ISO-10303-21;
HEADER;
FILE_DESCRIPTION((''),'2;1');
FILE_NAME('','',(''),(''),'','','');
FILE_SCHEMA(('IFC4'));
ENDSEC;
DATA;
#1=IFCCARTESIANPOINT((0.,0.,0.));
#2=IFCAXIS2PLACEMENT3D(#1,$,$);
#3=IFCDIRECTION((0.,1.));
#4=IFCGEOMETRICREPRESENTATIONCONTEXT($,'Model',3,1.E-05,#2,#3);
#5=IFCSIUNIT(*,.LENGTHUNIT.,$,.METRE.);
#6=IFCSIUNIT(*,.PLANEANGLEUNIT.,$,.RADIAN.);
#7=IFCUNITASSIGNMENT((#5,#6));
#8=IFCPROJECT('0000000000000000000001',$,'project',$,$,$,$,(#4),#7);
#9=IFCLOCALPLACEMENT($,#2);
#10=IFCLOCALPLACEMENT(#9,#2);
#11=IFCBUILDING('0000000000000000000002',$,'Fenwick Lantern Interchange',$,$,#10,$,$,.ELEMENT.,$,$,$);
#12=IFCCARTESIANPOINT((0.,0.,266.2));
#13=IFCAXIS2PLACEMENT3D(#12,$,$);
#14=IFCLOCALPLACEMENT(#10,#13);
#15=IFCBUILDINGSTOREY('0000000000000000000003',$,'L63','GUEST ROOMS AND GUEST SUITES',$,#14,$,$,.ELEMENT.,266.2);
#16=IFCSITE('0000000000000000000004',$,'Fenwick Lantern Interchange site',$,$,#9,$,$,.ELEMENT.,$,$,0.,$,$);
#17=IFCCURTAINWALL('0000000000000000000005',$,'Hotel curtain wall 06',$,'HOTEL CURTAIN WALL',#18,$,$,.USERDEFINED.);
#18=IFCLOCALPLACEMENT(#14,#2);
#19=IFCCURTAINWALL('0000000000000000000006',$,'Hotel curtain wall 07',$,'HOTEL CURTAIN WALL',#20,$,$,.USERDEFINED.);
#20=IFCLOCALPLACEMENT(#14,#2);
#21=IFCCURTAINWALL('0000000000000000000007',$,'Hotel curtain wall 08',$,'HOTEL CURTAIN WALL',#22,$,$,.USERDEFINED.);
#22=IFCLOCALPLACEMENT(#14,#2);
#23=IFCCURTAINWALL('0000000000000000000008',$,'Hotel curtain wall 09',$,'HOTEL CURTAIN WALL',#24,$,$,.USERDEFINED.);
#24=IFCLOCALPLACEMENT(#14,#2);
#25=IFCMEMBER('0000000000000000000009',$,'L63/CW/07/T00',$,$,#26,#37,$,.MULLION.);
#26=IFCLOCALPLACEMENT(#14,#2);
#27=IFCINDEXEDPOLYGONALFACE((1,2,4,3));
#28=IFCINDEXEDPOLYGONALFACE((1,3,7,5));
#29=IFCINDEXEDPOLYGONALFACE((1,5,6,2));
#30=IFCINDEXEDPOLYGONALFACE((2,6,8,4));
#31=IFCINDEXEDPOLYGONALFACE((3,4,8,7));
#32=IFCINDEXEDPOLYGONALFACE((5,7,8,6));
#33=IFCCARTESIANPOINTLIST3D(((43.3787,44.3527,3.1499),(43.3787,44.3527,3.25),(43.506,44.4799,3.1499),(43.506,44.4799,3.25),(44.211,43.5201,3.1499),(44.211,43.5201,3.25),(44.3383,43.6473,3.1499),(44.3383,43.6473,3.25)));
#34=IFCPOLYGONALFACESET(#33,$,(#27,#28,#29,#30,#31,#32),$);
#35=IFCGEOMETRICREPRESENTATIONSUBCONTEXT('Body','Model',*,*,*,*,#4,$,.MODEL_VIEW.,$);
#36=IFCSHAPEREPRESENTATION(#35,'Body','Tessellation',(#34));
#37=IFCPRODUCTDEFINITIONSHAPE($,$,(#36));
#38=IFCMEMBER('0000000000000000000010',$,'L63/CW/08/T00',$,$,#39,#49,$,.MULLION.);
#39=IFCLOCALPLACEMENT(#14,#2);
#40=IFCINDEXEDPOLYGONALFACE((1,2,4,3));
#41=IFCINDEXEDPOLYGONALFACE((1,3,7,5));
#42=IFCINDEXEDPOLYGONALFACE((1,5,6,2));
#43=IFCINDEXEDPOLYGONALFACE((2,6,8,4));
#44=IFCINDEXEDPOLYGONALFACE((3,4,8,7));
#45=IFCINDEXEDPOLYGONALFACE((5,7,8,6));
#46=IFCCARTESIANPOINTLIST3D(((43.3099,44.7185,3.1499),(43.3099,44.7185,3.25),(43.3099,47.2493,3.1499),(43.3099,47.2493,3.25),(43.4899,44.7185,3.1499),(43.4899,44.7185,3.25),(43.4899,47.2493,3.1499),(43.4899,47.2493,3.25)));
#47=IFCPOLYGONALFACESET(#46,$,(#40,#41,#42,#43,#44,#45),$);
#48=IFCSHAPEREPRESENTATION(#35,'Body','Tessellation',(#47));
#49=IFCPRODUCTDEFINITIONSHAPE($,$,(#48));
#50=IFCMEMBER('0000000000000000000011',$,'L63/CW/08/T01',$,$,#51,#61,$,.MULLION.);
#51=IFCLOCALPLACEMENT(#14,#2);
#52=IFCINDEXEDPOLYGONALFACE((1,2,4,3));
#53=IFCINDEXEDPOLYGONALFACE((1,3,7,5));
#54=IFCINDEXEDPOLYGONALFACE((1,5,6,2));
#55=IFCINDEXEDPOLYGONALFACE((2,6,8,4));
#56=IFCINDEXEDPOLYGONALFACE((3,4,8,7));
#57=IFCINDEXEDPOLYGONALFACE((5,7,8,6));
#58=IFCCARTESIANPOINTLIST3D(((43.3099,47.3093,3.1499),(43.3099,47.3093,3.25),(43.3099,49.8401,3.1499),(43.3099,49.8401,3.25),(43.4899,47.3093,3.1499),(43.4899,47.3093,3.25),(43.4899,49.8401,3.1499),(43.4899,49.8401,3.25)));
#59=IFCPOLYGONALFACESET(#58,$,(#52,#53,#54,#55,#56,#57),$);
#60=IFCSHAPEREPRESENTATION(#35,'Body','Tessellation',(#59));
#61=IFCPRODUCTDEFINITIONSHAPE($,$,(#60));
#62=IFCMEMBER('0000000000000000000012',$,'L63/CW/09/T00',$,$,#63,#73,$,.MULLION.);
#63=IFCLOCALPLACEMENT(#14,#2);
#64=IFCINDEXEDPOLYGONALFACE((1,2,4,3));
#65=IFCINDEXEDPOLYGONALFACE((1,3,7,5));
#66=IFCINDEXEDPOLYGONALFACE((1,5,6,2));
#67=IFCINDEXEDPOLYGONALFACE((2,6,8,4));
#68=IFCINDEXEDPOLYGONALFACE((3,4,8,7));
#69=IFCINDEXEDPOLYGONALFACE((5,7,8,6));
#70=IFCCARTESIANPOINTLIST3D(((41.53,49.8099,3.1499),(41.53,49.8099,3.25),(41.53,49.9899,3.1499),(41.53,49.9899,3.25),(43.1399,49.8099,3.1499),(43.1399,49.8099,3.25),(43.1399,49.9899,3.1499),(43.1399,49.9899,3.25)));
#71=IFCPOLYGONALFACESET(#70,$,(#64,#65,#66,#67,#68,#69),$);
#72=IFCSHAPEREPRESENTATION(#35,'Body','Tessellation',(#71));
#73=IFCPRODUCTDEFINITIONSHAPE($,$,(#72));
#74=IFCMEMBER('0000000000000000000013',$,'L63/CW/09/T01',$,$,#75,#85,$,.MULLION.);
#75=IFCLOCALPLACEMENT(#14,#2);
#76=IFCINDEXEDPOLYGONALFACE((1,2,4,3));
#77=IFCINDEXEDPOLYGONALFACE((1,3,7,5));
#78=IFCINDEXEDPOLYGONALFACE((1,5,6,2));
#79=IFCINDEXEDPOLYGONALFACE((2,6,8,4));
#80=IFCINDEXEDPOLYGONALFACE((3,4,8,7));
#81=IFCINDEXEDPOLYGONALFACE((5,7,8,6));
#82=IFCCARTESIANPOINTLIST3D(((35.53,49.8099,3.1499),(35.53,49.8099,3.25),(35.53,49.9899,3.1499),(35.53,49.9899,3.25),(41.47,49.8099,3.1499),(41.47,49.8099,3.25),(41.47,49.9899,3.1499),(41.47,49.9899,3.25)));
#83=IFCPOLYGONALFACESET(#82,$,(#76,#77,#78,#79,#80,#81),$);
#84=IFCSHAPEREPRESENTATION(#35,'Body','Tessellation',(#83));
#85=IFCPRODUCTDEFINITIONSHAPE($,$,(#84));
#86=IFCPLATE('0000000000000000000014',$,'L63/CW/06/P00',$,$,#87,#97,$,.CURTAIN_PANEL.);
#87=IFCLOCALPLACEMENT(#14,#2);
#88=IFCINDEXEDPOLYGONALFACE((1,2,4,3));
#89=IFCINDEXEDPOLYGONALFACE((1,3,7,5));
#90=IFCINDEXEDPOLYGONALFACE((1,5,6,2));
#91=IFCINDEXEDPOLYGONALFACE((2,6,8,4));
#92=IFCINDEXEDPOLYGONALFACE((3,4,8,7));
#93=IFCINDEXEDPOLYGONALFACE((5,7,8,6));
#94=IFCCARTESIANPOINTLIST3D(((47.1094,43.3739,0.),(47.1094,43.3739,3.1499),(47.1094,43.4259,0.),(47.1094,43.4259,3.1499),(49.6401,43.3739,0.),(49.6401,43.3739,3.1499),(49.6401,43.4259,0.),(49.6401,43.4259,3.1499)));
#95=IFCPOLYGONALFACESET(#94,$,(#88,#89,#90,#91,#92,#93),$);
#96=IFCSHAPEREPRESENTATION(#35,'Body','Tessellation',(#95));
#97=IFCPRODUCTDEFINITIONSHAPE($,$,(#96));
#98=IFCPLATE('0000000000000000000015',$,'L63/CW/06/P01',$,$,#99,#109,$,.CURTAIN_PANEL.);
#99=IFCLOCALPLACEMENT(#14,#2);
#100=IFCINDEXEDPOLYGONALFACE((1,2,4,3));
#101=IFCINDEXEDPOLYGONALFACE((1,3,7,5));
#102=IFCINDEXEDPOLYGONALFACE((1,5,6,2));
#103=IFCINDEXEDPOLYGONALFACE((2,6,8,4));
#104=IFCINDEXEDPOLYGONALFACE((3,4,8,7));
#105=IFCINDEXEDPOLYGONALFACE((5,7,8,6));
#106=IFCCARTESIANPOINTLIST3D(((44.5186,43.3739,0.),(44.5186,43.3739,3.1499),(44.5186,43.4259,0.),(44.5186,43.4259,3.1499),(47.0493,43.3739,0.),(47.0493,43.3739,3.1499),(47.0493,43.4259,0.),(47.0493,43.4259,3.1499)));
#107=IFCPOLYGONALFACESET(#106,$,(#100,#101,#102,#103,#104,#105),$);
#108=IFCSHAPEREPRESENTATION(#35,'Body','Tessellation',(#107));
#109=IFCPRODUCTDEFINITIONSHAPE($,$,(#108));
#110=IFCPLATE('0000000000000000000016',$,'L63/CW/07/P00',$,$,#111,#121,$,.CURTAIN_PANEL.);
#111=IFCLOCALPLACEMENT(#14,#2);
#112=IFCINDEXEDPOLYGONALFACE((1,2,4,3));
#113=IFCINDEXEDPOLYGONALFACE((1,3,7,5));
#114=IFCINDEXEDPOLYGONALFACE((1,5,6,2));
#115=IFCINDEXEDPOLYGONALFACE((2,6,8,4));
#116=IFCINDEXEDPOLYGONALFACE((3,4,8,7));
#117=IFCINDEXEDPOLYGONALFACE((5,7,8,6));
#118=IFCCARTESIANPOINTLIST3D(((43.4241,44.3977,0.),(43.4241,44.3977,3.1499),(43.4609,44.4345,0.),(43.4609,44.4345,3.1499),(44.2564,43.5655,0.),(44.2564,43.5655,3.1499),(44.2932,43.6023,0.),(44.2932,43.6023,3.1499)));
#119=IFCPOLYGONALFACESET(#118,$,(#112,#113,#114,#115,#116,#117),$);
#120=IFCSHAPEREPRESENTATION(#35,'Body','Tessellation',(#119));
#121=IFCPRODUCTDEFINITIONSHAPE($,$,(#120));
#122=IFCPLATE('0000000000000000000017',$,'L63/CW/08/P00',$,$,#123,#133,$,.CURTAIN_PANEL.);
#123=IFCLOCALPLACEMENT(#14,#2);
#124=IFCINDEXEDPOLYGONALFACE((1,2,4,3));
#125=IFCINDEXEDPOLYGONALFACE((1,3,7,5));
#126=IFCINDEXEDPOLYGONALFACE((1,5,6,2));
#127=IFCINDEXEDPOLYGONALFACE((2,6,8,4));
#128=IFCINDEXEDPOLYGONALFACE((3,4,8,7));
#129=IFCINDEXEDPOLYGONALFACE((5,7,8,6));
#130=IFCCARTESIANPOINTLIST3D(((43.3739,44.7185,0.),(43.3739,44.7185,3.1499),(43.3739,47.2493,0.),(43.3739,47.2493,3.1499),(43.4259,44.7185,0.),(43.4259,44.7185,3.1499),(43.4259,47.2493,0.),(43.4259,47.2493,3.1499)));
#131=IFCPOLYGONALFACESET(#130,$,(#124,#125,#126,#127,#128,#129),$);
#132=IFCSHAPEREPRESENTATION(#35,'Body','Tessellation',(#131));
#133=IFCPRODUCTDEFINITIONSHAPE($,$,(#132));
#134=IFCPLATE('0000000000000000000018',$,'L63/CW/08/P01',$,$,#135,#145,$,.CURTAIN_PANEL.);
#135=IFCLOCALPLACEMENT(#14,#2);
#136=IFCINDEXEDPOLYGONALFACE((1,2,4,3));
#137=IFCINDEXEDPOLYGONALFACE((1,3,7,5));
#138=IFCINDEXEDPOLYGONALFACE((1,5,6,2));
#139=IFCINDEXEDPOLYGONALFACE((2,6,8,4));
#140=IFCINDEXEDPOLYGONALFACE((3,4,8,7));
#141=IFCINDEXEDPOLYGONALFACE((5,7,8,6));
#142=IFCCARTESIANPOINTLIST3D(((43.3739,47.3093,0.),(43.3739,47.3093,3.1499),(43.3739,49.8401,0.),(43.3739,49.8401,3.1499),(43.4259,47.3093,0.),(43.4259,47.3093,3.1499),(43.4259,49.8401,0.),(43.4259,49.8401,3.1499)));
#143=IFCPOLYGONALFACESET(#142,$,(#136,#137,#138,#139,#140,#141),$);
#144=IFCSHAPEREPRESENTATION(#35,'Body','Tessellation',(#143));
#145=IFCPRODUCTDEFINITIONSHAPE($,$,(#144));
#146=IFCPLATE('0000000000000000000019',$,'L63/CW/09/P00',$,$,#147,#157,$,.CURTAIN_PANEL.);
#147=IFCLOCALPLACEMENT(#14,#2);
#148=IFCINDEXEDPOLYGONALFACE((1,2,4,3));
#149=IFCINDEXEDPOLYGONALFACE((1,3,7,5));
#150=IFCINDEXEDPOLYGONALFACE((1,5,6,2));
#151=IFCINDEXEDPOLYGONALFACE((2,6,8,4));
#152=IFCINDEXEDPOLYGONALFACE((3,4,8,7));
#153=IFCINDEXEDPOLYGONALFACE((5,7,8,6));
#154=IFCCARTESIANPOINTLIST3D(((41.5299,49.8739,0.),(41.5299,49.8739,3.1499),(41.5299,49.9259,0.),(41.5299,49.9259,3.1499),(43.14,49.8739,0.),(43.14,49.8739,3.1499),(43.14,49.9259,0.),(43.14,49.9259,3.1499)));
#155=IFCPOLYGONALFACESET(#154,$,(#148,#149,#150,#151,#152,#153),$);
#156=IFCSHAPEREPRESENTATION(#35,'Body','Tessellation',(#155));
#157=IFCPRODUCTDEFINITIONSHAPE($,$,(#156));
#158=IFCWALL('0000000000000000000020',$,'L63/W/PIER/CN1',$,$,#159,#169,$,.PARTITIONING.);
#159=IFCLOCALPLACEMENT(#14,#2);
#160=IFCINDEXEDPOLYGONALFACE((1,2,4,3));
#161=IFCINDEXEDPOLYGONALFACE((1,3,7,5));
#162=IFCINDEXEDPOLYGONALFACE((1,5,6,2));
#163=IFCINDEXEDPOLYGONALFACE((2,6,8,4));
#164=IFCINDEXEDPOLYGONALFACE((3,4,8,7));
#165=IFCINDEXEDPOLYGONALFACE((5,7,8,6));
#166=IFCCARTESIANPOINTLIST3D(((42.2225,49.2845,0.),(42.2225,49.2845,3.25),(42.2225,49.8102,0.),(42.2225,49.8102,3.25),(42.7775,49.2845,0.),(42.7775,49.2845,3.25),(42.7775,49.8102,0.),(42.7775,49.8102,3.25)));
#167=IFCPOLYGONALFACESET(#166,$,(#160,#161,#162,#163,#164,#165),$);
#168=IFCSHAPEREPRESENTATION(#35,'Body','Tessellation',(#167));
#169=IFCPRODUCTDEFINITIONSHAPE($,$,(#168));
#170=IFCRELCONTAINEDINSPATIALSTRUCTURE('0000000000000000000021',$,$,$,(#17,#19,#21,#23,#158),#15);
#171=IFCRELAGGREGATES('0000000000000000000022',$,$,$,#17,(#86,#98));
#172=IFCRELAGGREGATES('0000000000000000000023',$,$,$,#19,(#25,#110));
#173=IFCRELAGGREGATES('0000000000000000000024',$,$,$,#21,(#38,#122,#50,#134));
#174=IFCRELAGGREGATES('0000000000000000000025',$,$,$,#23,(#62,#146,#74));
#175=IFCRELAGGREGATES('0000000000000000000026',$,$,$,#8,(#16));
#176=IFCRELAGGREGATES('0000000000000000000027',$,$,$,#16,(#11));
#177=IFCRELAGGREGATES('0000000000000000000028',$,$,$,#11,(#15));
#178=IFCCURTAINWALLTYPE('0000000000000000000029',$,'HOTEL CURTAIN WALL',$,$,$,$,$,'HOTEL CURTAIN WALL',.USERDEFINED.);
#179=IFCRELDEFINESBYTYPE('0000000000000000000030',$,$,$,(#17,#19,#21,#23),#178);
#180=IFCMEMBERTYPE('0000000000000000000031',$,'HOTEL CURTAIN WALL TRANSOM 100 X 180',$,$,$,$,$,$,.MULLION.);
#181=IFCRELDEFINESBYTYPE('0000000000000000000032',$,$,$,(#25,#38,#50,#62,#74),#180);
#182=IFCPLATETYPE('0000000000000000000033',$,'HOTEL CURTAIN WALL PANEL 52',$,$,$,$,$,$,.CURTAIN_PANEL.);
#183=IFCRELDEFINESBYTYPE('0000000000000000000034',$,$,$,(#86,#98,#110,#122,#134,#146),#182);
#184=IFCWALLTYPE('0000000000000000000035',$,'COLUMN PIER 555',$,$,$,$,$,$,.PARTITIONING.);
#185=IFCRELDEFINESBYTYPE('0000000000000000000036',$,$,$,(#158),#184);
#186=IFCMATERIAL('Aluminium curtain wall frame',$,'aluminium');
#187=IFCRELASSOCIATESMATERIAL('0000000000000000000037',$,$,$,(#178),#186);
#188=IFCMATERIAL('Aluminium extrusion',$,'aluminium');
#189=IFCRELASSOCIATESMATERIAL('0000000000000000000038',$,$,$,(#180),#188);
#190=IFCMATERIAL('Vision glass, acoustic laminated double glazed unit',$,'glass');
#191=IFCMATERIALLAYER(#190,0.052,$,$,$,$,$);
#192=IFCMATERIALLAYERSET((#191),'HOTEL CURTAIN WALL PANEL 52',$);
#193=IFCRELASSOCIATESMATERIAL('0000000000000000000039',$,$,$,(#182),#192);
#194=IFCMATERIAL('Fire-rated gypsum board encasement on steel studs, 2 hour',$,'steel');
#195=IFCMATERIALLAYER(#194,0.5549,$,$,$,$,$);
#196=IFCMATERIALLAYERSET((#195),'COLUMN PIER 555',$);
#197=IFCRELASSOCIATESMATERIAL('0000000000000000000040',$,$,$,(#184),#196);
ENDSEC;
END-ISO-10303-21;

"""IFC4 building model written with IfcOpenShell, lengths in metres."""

from ifc_helpers import new_model, si_unit, direction, frame, frame_2d, origin, origin_2d, place, context, subcontext, project, spatial, rectangle, extrude, material, layer, layer_set, material_profile, profile_set, type_object, element, aggregate, save


model = new_model("IFC4")

# Units and contexts
model_context = context("Model", 3, precision=1e-05, world=origin(), true_north=direction((0.0, 1.0)))
body_context = subcontext(model_context, "Body", "Model", "MODEL_VIEW")
ifc_project = project(units=[si_unit("LENGTHUNIT", "METRE"), si_unit("PLANEANGLEUNIT", "RADIAN")], contexts=[model_context])

# Site, building, storey
site_placement = place(None, origin())
site = spatial("IfcSite", under=ifc_project, at=site_placement, Name="Fenwick Lantern Interchange site", CompositionType="ELEMENT", RefElevation=0.0)
building_placement = place(site_placement, origin())
building = spatial("IfcBuilding", under=site, at=building_placement, Name="Fenwick Lantern Interchange", CompositionType="ELEMENT")
storey_placement = place(building_placement, frame((0.0, 0.0, 266.2)))
storey = spatial("IfcBuildingStorey", under=building, at=storey_placement, Name="L63", Description="GUEST ROOMS AND GUEST SUITES", CompositionType="ELEMENT", Elevation=266.2)

# Curtain walls
ifc_material_1 = material(Name="Aluminium curtain wall frame", Category="aluminium")
curtain_wall_type = type_object("IfcCurtainWallType", Name="HOTEL CURTAIN WALL", ElementType="HOTEL CURTAIN WALL", PredefinedType="USERDEFINED", material=ifc_material_1)
curtain_wall_1_placement = place(storey_placement, origin())
curtain_wall_1 = element("IfcCurtainWall", 1, at=curtain_wall_1_placement, inside=storey, type_object=curtain_wall_type, Name="Hotel curtain wall 06", ObjectType="HOTEL CURTAIN WALL", PredefinedType="USERDEFINED")
ifc_material_2 = material(Name="Aluminium extrusion", Category="aluminium")
curtain_wall_2_placement = place(storey_placement, origin())
curtain_wall_2 = element("IfcCurtainWall", 2, at=curtain_wall_2_placement, inside=storey, type_object=curtain_wall_type, Name="Hotel curtain wall 07", ObjectType="HOTEL CURTAIN WALL", PredefinedType="USERDEFINED")
curtain_wall_3_placement = place(storey_placement, origin())
curtain_wall_3 = element("IfcCurtainWall", 3, at=curtain_wall_3_placement, inside=storey, type_object=curtain_wall_type, Name="Hotel curtain wall 08", ObjectType="HOTEL CURTAIN WALL", PredefinedType="USERDEFINED")
curtain_wall_4_placement = place(storey_placement, origin())
curtain_wall_4 = element("IfcCurtainWall", 4, at=curtain_wall_4_placement, inside=storey, type_object=curtain_wall_type, Name="Hotel curtain wall 09", ObjectType="HOTEL CURTAIN WALL", PredefinedType="USERDEFINED")

# Members
ifc_material_profile_1 = material_profile(ifc_material_2, rectangle(XDim=0.1799, YDim=0.1001, at=origin_2d()), Name="HOTEL CURTAIN WALL TRANSOM 100 X 180")
ifc_profile_set_1 = profile_set([ifc_material_profile_1], Name="Aluminium extrusion")
member_type_1 = type_object("IfcMemberType", Name="HOTEL CURTAIN WALL TRANSOM 100 X 180", PredefinedType="MULLION", material=ifc_profile_set_1)
member_1_placement = place(storey_placement, frame((44.2747, 43.5837, 3.2), z_axis=(-0.707003, 0.70721, 0.0), x_axis=(-0.70721, -0.707003, 0.0)))
member_1 = element("IfcMember", 5, at=member_1_placement, type_object=member_type_1, Name="L63/CW/07/T00", PredefinedType="MULLION", context=body_context, shape_type="SweptSolid", body=[
    extrude(rectangle(XDim=0.1799, YDim=0.1001, at=origin_2d()), origin(), (0.0, 0.0, 1.0), 1.1772),
])
member_2_placement = place(storey_placement, frame((43.3999, 44.7185, 3.2), z_axis=(0.0, 1.0, 0.0), x_axis=(-1.0, 0.0, 0.0)))
member_2 = element("IfcMember", 6, at=member_2_placement, type_object=member_type_1, Name="L63/CW/08/T00", PredefinedType="MULLION", context=body_context, shape_type="SweptSolid", body=[
    extrude(rectangle(XDim=0.1799, YDim=0.1001, at=origin_2d()), origin(), (0.0, 0.0, 1.0), 2.5308),
])
member_3_placement = place(storey_placement, frame((43.3999, 47.3093, 3.2), z_axis=(0.0, 1.0, 0.0), x_axis=(-1.0, 0.0, 0.0)))
member_3 = element("IfcMember", 7, at=member_3_placement, type_object=member_type_1, Name="L63/CW/08/T01", PredefinedType="MULLION", context=body_context, shape_type="SweptSolid", body=[
    extrude(rectangle(XDim=0.1799, YDim=0.1001, at=origin_2d()), origin(), (0.0, 0.0, 1.0), 2.5308),
])
member_4_placement = place(storey_placement, frame((43.1399, 49.8999, 3.2), z_axis=(-1.0, 0.0, 0.0), x_axis=(0.0, -1.0, 0.0)))
member_4 = element("IfcMember", 8, at=member_4_placement, type_object=member_type_1, Name="L63/CW/09/T00", PredefinedType="MULLION", context=body_context, shape_type="SweptSolid", body=[
    extrude(rectangle(XDim=0.1799, YDim=0.1001, at=origin_2d()), origin(), (0.0, 0.0, 1.0), 1.6099),
])
member_5_placement = place(storey_placement, frame((41.47, 49.8999, 3.2), z_axis=(-1.0, 0.0, 0.0), x_axis=(0.0, -1.0, 0.0)))
member_5 = element("IfcMember", 9, at=member_5_placement, type_object=member_type_1, Name="L63/CW/09/T01", PredefinedType="MULLION", context=body_context, shape_type="SweptSolid", body=[
    extrude(rectangle(XDim=0.1799, YDim=0.1001, at=origin_2d()), origin(), (0.0, 0.0, 1.0), 5.9399),
])

# Plates
ifc_material_3 = material(Name="Vision glass, acoustic laminated double glazed unit", Category="glass")
ifc_layer_1 = layer(ifc_material_3, 0.052)
ifc_layer_set_1 = layer_set([ifc_layer_1], Name="HOTEL CURTAIN WALL PANEL 52")
plate_type = type_object("IfcPlateType", Name="HOTEL CURTAIN WALL PANEL 52", PredefinedType="CURTAIN_PANEL", material=ifc_layer_set_1)
plate_1_placement = place(storey_placement, frame((48.3748, 43.3999, 0.0), z_axis=(0.0, 0.0, 1.0), x_axis=(-1.0, 0.0, 0.0)))
plate_1 = element("IfcPlate", 10, at=plate_1_placement, type_object=plate_type, Name="L63/CW/06/P00", PredefinedType="CURTAIN_PANEL", context=body_context, shape_type="SweptSolid", body=[
    extrude(rectangle(XDim=2.5308, YDim=0.052, at=origin_2d()), origin(), (0.0, 0.0, 1.0), 3.1499),
])
plate_2_placement = place(storey_placement, frame((45.7839, 43.3999, 0.0), z_axis=(0.0, 0.0, 1.0), x_axis=(-1.0, 0.0, 0.0)))
plate_2 = element("IfcPlate", 11, at=plate_2_placement, type_object=plate_type, Name="L63/CW/06/P01", PredefinedType="CURTAIN_PANEL", context=body_context, shape_type="SweptSolid", body=[
    extrude(rectangle(XDim=2.5308, YDim=0.052, at=origin_2d()), origin(), (0.0, 0.0, 1.0), 3.1499),
])
aggregate(curtain_wall_1, [plate_1, plate_2])
plate_3_placement = place(storey_placement, frame((43.8586, 44.0, 0.0), z_axis=(0.0, 0.0, 1.0), x_axis=(-0.707107, 0.707107, 0.0)))
plate_3 = element("IfcPlate", 12, at=plate_3_placement, type_object=plate_type, Name="L63/CW/07/P00", PredefinedType="CURTAIN_PANEL", context=body_context, shape_type="SweptSolid", body=[
    extrude(rectangle(XDim=1.177, YDim=0.052, at=origin_2d()), origin(), (0.0, 0.0, 1.0), 3.1499),
])
aggregate(curtain_wall_2, [member_1, plate_3])
plate_4_placement = place(storey_placement, frame((43.3999, 45.9839, 0.0), z_axis=(0.0, 0.0, 1.0), x_axis=(0.0, 1.0, 0.0)))
plate_4 = element("IfcPlate", 13, at=plate_4_placement, type_object=plate_type, Name="L63/CW/08/P00", PredefinedType="CURTAIN_PANEL", context=body_context, shape_type="SweptSolid", body=[
    extrude(rectangle(XDim=2.5308, YDim=0.052, at=origin_2d()), origin(), (0.0, 0.0, 1.0), 3.1499),
])
plate_5_placement = place(storey_placement, frame((43.3999, 48.5747, 0.0), z_axis=(0.0, 0.0, 1.0), x_axis=(0.0, 1.0, 0.0)))
plate_5 = element("IfcPlate", 14, at=plate_5_placement, type_object=plate_type, Name="L63/CW/08/P01", PredefinedType="CURTAIN_PANEL", context=body_context, shape_type="SweptSolid", body=[
    extrude(rectangle(XDim=2.5308, YDim=0.052, at=origin_2d()), origin(), (0.0, 0.0, 1.0), 3.1499),
])
aggregate(curtain_wall_3, [member_2, plate_4, member_3, plate_5])
plate_6_placement = place(storey_placement, frame((42.335, 49.8999, 0.0), z_axis=(0.0, 0.0, 1.0), x_axis=(-1.0, 0.0, 0.0)))
plate_6 = element("IfcPlate", 15, at=plate_6_placement, type_object=plate_type, Name="L63/CW/09/P00", PredefinedType="CURTAIN_PANEL", context=body_context, shape_type="SweptSolid", body=[
    extrude(rectangle(XDim=1.6101, YDim=0.052, at=origin_2d()), origin(), (0.0, 0.0, 1.0), 3.1499),
])
aggregate(curtain_wall_4, [member_4, plate_6, member_5])

# Wall
ifc_material_4 = material(Name="Fire-rated gypsum board encasement on steel studs, 2 hour", Category="steel")
ifc_layer_2 = layer(ifc_material_4, 0.5549)
ifc_layer_set_2 = layer_set([ifc_layer_2], Name="COLUMN PIER 555")
wall_type_1 = type_object("IfcWallType", Name="COLUMN PIER 555", PredefinedType="PARTITIONING", material=ifc_layer_set_2)
wall_1_placement = place(storey_placement, frame((42.5, 49.8101, 0.0), z_axis=(0.0, 0.0, 1.0), x_axis=(0.0, -1.0, 0.0)))
element("IfcWall", 16, at=wall_1_placement, inside=storey, type_object=wall_type_1, Name="L63/W/PIER/CN1", PredefinedType="PARTITIONING", context=body_context, shape_type="SweptSolid", body=[
    extrude(rectangle(XDim=0.5256, YDim=0.5549, at=frame_2d((0.2627, 0.0))), origin(), (0.0, 0.0, 1.0), 3.25),
])

save(model, "model.ifc")
